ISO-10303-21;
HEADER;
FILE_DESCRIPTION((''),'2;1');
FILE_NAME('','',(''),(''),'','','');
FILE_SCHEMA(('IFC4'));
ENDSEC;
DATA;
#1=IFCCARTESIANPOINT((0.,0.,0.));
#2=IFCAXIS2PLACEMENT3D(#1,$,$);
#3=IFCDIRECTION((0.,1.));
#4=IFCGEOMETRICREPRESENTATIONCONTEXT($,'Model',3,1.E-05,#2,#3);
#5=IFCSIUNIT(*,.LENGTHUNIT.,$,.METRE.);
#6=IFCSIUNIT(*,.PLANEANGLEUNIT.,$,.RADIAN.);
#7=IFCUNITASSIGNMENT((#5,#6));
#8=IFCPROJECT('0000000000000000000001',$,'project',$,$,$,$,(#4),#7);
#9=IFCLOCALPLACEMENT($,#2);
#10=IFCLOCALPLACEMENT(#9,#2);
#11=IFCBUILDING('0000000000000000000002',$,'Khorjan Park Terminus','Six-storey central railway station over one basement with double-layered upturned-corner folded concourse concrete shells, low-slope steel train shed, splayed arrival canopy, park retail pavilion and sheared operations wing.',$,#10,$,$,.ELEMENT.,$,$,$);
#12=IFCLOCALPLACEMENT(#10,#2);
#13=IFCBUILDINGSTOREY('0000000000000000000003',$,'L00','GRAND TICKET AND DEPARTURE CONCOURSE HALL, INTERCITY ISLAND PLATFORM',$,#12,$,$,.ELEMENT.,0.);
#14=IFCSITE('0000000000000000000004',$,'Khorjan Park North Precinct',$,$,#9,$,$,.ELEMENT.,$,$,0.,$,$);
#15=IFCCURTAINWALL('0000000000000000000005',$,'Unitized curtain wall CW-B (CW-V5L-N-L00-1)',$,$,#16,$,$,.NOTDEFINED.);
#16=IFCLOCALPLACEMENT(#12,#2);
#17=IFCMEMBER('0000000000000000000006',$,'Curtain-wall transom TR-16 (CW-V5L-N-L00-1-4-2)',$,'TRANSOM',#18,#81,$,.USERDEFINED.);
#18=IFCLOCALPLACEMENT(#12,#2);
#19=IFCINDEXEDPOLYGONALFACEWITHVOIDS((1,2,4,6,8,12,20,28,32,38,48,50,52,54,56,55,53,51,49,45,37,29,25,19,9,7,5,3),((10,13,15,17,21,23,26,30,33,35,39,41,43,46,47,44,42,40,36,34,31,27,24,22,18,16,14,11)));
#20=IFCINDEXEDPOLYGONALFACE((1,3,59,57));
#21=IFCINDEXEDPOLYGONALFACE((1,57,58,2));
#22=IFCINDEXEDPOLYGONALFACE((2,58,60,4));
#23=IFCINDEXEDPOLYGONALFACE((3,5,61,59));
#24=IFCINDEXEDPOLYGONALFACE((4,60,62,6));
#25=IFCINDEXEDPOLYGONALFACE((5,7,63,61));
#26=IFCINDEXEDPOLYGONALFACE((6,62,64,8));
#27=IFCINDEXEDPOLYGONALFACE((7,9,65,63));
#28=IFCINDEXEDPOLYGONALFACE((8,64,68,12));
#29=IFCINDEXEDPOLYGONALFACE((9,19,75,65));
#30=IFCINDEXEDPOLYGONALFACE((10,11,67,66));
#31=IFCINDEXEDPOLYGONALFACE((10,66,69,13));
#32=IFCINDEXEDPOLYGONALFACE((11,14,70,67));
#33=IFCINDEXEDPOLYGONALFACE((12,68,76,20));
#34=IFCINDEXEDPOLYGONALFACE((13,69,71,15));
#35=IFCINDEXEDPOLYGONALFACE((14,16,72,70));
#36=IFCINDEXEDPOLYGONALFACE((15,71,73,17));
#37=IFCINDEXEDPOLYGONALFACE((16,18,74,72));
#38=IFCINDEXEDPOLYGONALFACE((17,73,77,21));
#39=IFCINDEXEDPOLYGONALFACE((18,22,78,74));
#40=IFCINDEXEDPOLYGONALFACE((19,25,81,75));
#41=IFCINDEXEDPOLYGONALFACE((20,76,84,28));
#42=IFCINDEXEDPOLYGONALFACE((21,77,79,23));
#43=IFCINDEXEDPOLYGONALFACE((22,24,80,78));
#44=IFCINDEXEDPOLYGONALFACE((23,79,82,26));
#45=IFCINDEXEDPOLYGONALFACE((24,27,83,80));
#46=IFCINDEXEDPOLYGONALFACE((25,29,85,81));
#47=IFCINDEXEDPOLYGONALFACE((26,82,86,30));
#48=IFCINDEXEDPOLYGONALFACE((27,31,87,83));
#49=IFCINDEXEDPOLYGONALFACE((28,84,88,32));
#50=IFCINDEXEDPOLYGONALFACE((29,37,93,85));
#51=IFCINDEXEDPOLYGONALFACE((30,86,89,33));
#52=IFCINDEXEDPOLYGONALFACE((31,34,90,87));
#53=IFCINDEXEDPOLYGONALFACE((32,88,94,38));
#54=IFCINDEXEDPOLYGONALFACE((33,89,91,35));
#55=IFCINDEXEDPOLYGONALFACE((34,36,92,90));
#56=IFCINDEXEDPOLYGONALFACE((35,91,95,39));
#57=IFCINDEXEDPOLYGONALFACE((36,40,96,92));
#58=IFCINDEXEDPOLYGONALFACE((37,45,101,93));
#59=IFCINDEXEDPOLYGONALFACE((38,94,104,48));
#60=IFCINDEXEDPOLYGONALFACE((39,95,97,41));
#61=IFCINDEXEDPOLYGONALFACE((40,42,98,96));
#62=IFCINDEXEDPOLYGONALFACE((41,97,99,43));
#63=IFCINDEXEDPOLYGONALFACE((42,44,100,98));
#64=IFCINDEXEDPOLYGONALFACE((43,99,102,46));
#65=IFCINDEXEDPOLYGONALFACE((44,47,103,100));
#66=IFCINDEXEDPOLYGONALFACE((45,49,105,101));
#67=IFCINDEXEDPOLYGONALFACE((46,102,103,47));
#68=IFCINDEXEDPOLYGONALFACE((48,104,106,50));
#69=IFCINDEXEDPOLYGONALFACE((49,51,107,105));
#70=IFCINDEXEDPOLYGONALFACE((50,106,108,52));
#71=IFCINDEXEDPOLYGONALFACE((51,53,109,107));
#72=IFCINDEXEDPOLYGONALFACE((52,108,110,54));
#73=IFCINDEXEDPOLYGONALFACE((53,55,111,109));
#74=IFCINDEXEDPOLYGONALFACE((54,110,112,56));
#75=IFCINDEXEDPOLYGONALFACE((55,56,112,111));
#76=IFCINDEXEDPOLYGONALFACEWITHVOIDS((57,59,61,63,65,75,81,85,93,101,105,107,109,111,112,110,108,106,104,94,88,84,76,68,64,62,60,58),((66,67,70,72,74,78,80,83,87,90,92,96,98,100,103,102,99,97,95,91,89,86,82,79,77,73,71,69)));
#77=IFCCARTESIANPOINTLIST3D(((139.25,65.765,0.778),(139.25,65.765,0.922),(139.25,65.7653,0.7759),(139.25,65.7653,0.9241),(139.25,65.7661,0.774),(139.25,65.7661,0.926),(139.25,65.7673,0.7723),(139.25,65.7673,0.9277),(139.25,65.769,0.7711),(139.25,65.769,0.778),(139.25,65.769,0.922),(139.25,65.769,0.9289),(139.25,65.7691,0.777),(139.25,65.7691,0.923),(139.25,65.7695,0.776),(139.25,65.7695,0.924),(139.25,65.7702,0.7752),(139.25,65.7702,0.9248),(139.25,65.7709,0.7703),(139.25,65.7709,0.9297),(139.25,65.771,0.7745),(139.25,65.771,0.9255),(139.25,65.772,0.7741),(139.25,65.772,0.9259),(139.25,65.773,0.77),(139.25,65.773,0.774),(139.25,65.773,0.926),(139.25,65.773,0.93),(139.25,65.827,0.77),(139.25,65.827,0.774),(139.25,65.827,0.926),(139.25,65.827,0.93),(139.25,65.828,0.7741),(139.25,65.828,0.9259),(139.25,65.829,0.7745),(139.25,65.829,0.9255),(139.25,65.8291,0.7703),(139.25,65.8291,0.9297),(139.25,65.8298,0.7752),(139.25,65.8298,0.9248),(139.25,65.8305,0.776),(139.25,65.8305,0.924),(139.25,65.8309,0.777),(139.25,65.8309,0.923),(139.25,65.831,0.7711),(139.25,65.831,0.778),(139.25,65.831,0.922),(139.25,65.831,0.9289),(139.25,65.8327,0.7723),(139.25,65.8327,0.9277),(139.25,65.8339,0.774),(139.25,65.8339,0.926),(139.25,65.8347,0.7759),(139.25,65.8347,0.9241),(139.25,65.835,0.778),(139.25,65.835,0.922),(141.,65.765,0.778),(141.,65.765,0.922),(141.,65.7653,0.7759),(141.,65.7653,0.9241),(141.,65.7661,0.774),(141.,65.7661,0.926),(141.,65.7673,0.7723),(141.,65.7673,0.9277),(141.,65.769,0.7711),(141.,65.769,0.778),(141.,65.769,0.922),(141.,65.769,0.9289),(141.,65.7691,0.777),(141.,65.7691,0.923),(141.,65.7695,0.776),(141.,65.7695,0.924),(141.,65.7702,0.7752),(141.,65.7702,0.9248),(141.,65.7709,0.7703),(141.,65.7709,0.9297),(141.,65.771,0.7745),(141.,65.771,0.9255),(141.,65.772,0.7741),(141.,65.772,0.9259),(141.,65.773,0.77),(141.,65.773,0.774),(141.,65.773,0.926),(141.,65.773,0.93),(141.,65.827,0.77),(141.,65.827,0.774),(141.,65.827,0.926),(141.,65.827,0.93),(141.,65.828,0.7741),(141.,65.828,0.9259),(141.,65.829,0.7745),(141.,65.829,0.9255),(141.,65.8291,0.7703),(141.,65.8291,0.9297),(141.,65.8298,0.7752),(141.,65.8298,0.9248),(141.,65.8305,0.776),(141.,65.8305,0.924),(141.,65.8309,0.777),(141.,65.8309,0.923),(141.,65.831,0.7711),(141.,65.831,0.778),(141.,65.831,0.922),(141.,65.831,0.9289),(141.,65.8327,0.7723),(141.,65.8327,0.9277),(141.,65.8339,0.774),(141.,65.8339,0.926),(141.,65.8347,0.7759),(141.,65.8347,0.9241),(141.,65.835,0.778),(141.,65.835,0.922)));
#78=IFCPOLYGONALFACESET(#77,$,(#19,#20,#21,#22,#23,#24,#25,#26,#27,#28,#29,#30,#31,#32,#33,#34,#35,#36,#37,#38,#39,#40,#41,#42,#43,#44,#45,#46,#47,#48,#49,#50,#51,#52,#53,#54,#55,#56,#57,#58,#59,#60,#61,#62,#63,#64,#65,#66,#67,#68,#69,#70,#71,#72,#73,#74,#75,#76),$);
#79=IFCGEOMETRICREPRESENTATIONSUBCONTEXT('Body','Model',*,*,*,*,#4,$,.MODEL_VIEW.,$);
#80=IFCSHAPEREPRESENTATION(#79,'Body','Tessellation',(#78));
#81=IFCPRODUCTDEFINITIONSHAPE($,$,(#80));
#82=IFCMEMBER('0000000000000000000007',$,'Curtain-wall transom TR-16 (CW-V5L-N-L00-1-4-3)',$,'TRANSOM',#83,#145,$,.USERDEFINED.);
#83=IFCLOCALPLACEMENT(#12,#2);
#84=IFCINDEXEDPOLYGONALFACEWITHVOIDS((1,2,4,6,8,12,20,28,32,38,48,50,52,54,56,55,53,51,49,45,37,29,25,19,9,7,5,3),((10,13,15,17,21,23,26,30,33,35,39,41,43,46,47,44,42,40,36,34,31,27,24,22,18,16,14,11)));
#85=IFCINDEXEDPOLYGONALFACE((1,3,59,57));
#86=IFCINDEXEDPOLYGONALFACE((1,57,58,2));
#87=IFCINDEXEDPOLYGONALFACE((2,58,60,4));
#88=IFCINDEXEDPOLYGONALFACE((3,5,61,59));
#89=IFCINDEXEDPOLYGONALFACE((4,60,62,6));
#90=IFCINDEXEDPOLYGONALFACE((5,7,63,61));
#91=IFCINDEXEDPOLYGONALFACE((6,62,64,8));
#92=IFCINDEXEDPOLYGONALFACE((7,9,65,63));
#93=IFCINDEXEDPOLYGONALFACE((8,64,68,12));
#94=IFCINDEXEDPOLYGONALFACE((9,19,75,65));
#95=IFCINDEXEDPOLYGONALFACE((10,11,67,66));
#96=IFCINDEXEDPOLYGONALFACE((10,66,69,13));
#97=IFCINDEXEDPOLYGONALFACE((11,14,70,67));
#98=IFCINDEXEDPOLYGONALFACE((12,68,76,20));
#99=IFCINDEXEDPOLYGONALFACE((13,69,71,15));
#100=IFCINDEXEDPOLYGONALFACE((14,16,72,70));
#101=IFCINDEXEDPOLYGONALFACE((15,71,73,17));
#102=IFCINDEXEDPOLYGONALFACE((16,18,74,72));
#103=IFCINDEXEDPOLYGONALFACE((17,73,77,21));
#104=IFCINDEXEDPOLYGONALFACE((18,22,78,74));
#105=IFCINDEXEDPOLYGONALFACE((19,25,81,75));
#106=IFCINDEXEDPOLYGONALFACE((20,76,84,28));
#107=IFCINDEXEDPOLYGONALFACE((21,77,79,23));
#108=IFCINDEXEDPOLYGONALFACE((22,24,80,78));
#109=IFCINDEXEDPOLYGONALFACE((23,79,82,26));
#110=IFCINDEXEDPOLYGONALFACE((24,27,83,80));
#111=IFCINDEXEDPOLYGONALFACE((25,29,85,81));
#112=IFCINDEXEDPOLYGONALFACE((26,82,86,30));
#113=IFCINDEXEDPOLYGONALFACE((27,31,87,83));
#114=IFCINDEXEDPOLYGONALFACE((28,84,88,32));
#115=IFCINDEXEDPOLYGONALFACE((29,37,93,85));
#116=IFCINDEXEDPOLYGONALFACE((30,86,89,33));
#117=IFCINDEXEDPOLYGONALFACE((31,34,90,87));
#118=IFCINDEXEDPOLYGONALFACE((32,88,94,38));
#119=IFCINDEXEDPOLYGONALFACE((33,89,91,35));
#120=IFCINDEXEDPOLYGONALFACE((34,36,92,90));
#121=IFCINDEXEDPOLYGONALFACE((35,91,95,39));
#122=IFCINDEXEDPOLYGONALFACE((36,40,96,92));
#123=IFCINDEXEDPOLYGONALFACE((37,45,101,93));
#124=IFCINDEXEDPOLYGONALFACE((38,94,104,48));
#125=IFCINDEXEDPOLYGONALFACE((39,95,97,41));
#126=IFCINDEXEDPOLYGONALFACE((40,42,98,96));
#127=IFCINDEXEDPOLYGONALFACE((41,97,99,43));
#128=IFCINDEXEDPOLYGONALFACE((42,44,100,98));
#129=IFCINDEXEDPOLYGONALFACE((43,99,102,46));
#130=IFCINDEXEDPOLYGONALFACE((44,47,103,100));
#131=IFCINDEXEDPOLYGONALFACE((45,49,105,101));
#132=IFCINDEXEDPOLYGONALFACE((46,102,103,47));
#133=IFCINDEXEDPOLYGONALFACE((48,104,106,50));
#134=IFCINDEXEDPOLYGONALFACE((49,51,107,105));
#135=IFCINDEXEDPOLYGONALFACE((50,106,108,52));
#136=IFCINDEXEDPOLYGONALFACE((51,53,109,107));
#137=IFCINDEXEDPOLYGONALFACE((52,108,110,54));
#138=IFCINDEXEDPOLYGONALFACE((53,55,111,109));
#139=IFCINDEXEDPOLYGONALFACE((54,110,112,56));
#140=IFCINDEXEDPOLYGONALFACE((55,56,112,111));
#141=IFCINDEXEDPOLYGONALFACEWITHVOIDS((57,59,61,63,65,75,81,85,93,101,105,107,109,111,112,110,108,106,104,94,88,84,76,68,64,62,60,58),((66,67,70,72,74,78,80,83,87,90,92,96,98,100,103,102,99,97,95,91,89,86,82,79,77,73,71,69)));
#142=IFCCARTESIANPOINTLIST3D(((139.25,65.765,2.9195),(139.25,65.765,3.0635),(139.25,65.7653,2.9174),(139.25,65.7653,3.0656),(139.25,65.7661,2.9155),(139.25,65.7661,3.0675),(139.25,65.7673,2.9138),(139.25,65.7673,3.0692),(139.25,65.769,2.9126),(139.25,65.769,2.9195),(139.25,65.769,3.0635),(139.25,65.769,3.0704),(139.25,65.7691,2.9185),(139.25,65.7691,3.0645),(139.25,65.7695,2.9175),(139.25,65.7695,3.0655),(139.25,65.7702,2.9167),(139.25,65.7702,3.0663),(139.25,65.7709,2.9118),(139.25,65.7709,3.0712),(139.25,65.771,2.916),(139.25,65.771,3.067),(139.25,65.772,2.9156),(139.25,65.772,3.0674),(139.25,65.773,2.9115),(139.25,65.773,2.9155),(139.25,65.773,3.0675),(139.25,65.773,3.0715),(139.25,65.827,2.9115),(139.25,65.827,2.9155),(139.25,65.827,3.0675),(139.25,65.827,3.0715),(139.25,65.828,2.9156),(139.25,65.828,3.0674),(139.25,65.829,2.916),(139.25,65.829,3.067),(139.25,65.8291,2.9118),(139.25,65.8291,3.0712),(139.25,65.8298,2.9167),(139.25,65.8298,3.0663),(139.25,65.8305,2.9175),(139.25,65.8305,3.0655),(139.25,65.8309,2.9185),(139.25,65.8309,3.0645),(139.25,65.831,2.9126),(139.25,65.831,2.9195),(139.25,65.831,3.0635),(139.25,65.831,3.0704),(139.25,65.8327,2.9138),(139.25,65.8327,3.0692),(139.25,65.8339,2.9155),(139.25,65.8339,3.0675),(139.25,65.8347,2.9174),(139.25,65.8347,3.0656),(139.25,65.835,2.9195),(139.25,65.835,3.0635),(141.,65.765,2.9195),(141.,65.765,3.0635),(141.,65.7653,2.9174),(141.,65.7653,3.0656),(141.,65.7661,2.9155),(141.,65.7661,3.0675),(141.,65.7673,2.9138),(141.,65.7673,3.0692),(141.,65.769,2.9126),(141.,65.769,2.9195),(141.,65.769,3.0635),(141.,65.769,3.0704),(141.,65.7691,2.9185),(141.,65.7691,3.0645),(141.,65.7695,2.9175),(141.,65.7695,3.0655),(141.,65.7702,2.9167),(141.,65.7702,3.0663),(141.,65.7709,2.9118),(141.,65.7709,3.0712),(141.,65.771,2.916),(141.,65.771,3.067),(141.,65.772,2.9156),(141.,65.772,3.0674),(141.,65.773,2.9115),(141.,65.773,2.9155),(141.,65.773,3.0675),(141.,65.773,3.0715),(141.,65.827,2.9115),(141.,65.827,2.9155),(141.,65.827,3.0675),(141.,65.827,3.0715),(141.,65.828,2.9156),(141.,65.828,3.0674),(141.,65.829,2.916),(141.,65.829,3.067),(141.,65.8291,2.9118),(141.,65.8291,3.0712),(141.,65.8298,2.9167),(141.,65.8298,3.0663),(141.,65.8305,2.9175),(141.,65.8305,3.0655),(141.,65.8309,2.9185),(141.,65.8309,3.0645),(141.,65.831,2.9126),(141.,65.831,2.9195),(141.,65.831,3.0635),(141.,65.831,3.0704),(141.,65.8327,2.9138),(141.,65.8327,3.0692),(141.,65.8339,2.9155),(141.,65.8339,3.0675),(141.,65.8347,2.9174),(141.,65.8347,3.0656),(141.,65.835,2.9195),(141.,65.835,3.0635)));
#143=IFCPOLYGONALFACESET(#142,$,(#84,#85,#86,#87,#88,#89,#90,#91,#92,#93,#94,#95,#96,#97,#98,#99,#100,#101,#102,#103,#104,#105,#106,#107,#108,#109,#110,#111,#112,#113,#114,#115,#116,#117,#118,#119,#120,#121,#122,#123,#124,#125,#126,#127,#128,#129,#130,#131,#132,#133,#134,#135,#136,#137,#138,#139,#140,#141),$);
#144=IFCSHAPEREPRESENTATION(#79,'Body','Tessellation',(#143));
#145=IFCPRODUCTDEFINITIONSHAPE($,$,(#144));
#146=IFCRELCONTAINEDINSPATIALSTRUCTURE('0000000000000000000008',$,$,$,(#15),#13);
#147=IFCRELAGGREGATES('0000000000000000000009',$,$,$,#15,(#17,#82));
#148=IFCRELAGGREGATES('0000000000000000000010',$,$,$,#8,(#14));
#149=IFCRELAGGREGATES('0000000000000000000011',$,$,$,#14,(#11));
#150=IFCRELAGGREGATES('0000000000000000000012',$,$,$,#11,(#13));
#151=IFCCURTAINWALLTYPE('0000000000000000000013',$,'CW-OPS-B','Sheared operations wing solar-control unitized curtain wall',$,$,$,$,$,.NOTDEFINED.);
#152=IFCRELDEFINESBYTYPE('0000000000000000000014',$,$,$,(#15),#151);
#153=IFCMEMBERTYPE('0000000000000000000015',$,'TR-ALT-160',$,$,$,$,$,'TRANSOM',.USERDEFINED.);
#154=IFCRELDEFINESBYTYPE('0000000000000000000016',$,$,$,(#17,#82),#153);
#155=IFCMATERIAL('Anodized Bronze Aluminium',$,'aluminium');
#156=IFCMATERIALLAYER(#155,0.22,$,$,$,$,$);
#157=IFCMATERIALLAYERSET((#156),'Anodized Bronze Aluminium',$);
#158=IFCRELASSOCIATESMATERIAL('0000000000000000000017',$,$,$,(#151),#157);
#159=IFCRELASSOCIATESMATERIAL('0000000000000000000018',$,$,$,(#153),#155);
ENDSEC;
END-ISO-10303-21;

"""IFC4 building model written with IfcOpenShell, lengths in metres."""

from ifc_helpers import new_model, si_unit, direction, frame, origin, origin_2d, place, context, subcontext, project, spatial, hollow_rectangle, extrude, material, layer, layer_set, material_profile, profile_set, type_object, element, aggregate, save


model = new_model("IFC4")

# Units and contexts
model_context = context("Model", 3, precision=1e-05, world=origin(), true_north=direction((0.0, 1.0)))
body_context = subcontext(model_context, "Body", "Model", "MODEL_VIEW")
ifc_project = project(units=[si_unit("LENGTHUNIT", "METRE"), si_unit("PLANEANGLEUNIT", "RADIAN")], contexts=[model_context])

# Site, building, storey
site_placement = place(None, origin())
site = spatial("IfcSite", under=ifc_project, at=site_placement, Name="Khorjan Park North Precinct", CompositionType="ELEMENT", RefElevation=0.0)
building_placement = place(site_placement, origin())
building = spatial("IfcBuilding", under=site, at=building_placement, Name="Khorjan Park Terminus", Description="Six-storey central railway station over one basement with double-layered upturned-corner folded concourse concrete shells, low-slope steel train shed, splayed arrival canopy, park retail pavilion and sheared operations wing.", CompositionType="ELEMENT")
storey_placement = place(building_placement, origin())
storey = spatial("IfcBuildingStorey", under=building, at=storey_placement, Name="L00", Description="GRAND TICKET AND DEPARTURE CONCOURSE HALL, INTERCITY ISLAND PLATFORM", CompositionType="ELEMENT", Elevation=0.0)

# Curtain wall, members
ifc_material_1 = material(Name="Anodized Bronze Aluminium", Category="aluminium")
ifc_layer_1 = layer(ifc_material_1, 0.22)
ifc_layer_set_1 = layer_set([ifc_layer_1], Name="Anodized Bronze Aluminium")
curtain_wall_type = type_object("IfcCurtainWallType", Name="CW-OPS-B", Description="Sheared operations wing solar-control unitized curtain wall", PredefinedType="NOTDEFINED", material=ifc_layer_set_1)
curtain_wall_placement = place(storey_placement, origin())
curtain_wall = element("IfcCurtainWall", 1, at=curtain_wall_placement, inside=storey, type_object=curtain_wall_type, Name="Unitized curtain wall CW-B (CW-V5L-N-L00-1)", PredefinedType="NOTDEFINED")
ifc_material_profile_1 = material_profile(ifc_material_1, hollow_rectangle(XDim=0.07, YDim=0.16, WallThickness=0.004, InnerFilletRadius=0.004, OuterFilletRadius=0.008, at=origin_2d()), Name="ALT 70x160x4")
ifc_profile_set_1 = profile_set([ifc_material_profile_1], Name="Anodized Bronze Aluminium")
member_type_1 = type_object("IfcMemberType", Name="TR-ALT-160", ElementType="TRANSOM", PredefinedType="USERDEFINED", material=ifc_profile_set_1)
member_1_placement = place(storey_placement, frame((141.0, 65.8, 0.85), z_axis=(-1.0, 0.0, 0.0), x_axis=(0.0, -1.0, 0.0)))
member_1 = element("IfcMember", 2, at=member_1_placement, type_object=member_type_1, Name="Curtain-wall transom TR-16 (CW-V5L-N-L00-1-4-2)", ObjectType="TRANSOM", PredefinedType="USERDEFINED", context=body_context, shape_type="SweptSolid", body=[
    extrude(hollow_rectangle(XDim=0.07, YDim=0.16, WallThickness=0.004, InnerFilletRadius=0.004, OuterFilletRadius=0.008, at=origin_2d()), origin(), (0.0, 0.0, 1.0), 1.75),
])
member_2_placement = place(storey_placement, frame((141.0, 65.8, 2.9915), z_axis=(-1.0, 0.0, 0.0), x_axis=(0.0, -1.0, 0.0)))
member_2 = element("IfcMember", 3, at=member_2_placement, type_object=member_type_1, Name="Curtain-wall transom TR-16 (CW-V5L-N-L00-1-4-3)", ObjectType="TRANSOM", PredefinedType="USERDEFINED", context=body_context, shape_type="SweptSolid", body=[
    extrude(hollow_rectangle(XDim=0.07, YDim=0.16, WallThickness=0.004, InnerFilletRadius=0.004, OuterFilletRadius=0.008, at=origin_2d()), origin(), (0.0, 0.0, 1.0), 1.75),
])
aggregate(curtain_wall, [member_1, member_2])

save(model, "model.ifc")
